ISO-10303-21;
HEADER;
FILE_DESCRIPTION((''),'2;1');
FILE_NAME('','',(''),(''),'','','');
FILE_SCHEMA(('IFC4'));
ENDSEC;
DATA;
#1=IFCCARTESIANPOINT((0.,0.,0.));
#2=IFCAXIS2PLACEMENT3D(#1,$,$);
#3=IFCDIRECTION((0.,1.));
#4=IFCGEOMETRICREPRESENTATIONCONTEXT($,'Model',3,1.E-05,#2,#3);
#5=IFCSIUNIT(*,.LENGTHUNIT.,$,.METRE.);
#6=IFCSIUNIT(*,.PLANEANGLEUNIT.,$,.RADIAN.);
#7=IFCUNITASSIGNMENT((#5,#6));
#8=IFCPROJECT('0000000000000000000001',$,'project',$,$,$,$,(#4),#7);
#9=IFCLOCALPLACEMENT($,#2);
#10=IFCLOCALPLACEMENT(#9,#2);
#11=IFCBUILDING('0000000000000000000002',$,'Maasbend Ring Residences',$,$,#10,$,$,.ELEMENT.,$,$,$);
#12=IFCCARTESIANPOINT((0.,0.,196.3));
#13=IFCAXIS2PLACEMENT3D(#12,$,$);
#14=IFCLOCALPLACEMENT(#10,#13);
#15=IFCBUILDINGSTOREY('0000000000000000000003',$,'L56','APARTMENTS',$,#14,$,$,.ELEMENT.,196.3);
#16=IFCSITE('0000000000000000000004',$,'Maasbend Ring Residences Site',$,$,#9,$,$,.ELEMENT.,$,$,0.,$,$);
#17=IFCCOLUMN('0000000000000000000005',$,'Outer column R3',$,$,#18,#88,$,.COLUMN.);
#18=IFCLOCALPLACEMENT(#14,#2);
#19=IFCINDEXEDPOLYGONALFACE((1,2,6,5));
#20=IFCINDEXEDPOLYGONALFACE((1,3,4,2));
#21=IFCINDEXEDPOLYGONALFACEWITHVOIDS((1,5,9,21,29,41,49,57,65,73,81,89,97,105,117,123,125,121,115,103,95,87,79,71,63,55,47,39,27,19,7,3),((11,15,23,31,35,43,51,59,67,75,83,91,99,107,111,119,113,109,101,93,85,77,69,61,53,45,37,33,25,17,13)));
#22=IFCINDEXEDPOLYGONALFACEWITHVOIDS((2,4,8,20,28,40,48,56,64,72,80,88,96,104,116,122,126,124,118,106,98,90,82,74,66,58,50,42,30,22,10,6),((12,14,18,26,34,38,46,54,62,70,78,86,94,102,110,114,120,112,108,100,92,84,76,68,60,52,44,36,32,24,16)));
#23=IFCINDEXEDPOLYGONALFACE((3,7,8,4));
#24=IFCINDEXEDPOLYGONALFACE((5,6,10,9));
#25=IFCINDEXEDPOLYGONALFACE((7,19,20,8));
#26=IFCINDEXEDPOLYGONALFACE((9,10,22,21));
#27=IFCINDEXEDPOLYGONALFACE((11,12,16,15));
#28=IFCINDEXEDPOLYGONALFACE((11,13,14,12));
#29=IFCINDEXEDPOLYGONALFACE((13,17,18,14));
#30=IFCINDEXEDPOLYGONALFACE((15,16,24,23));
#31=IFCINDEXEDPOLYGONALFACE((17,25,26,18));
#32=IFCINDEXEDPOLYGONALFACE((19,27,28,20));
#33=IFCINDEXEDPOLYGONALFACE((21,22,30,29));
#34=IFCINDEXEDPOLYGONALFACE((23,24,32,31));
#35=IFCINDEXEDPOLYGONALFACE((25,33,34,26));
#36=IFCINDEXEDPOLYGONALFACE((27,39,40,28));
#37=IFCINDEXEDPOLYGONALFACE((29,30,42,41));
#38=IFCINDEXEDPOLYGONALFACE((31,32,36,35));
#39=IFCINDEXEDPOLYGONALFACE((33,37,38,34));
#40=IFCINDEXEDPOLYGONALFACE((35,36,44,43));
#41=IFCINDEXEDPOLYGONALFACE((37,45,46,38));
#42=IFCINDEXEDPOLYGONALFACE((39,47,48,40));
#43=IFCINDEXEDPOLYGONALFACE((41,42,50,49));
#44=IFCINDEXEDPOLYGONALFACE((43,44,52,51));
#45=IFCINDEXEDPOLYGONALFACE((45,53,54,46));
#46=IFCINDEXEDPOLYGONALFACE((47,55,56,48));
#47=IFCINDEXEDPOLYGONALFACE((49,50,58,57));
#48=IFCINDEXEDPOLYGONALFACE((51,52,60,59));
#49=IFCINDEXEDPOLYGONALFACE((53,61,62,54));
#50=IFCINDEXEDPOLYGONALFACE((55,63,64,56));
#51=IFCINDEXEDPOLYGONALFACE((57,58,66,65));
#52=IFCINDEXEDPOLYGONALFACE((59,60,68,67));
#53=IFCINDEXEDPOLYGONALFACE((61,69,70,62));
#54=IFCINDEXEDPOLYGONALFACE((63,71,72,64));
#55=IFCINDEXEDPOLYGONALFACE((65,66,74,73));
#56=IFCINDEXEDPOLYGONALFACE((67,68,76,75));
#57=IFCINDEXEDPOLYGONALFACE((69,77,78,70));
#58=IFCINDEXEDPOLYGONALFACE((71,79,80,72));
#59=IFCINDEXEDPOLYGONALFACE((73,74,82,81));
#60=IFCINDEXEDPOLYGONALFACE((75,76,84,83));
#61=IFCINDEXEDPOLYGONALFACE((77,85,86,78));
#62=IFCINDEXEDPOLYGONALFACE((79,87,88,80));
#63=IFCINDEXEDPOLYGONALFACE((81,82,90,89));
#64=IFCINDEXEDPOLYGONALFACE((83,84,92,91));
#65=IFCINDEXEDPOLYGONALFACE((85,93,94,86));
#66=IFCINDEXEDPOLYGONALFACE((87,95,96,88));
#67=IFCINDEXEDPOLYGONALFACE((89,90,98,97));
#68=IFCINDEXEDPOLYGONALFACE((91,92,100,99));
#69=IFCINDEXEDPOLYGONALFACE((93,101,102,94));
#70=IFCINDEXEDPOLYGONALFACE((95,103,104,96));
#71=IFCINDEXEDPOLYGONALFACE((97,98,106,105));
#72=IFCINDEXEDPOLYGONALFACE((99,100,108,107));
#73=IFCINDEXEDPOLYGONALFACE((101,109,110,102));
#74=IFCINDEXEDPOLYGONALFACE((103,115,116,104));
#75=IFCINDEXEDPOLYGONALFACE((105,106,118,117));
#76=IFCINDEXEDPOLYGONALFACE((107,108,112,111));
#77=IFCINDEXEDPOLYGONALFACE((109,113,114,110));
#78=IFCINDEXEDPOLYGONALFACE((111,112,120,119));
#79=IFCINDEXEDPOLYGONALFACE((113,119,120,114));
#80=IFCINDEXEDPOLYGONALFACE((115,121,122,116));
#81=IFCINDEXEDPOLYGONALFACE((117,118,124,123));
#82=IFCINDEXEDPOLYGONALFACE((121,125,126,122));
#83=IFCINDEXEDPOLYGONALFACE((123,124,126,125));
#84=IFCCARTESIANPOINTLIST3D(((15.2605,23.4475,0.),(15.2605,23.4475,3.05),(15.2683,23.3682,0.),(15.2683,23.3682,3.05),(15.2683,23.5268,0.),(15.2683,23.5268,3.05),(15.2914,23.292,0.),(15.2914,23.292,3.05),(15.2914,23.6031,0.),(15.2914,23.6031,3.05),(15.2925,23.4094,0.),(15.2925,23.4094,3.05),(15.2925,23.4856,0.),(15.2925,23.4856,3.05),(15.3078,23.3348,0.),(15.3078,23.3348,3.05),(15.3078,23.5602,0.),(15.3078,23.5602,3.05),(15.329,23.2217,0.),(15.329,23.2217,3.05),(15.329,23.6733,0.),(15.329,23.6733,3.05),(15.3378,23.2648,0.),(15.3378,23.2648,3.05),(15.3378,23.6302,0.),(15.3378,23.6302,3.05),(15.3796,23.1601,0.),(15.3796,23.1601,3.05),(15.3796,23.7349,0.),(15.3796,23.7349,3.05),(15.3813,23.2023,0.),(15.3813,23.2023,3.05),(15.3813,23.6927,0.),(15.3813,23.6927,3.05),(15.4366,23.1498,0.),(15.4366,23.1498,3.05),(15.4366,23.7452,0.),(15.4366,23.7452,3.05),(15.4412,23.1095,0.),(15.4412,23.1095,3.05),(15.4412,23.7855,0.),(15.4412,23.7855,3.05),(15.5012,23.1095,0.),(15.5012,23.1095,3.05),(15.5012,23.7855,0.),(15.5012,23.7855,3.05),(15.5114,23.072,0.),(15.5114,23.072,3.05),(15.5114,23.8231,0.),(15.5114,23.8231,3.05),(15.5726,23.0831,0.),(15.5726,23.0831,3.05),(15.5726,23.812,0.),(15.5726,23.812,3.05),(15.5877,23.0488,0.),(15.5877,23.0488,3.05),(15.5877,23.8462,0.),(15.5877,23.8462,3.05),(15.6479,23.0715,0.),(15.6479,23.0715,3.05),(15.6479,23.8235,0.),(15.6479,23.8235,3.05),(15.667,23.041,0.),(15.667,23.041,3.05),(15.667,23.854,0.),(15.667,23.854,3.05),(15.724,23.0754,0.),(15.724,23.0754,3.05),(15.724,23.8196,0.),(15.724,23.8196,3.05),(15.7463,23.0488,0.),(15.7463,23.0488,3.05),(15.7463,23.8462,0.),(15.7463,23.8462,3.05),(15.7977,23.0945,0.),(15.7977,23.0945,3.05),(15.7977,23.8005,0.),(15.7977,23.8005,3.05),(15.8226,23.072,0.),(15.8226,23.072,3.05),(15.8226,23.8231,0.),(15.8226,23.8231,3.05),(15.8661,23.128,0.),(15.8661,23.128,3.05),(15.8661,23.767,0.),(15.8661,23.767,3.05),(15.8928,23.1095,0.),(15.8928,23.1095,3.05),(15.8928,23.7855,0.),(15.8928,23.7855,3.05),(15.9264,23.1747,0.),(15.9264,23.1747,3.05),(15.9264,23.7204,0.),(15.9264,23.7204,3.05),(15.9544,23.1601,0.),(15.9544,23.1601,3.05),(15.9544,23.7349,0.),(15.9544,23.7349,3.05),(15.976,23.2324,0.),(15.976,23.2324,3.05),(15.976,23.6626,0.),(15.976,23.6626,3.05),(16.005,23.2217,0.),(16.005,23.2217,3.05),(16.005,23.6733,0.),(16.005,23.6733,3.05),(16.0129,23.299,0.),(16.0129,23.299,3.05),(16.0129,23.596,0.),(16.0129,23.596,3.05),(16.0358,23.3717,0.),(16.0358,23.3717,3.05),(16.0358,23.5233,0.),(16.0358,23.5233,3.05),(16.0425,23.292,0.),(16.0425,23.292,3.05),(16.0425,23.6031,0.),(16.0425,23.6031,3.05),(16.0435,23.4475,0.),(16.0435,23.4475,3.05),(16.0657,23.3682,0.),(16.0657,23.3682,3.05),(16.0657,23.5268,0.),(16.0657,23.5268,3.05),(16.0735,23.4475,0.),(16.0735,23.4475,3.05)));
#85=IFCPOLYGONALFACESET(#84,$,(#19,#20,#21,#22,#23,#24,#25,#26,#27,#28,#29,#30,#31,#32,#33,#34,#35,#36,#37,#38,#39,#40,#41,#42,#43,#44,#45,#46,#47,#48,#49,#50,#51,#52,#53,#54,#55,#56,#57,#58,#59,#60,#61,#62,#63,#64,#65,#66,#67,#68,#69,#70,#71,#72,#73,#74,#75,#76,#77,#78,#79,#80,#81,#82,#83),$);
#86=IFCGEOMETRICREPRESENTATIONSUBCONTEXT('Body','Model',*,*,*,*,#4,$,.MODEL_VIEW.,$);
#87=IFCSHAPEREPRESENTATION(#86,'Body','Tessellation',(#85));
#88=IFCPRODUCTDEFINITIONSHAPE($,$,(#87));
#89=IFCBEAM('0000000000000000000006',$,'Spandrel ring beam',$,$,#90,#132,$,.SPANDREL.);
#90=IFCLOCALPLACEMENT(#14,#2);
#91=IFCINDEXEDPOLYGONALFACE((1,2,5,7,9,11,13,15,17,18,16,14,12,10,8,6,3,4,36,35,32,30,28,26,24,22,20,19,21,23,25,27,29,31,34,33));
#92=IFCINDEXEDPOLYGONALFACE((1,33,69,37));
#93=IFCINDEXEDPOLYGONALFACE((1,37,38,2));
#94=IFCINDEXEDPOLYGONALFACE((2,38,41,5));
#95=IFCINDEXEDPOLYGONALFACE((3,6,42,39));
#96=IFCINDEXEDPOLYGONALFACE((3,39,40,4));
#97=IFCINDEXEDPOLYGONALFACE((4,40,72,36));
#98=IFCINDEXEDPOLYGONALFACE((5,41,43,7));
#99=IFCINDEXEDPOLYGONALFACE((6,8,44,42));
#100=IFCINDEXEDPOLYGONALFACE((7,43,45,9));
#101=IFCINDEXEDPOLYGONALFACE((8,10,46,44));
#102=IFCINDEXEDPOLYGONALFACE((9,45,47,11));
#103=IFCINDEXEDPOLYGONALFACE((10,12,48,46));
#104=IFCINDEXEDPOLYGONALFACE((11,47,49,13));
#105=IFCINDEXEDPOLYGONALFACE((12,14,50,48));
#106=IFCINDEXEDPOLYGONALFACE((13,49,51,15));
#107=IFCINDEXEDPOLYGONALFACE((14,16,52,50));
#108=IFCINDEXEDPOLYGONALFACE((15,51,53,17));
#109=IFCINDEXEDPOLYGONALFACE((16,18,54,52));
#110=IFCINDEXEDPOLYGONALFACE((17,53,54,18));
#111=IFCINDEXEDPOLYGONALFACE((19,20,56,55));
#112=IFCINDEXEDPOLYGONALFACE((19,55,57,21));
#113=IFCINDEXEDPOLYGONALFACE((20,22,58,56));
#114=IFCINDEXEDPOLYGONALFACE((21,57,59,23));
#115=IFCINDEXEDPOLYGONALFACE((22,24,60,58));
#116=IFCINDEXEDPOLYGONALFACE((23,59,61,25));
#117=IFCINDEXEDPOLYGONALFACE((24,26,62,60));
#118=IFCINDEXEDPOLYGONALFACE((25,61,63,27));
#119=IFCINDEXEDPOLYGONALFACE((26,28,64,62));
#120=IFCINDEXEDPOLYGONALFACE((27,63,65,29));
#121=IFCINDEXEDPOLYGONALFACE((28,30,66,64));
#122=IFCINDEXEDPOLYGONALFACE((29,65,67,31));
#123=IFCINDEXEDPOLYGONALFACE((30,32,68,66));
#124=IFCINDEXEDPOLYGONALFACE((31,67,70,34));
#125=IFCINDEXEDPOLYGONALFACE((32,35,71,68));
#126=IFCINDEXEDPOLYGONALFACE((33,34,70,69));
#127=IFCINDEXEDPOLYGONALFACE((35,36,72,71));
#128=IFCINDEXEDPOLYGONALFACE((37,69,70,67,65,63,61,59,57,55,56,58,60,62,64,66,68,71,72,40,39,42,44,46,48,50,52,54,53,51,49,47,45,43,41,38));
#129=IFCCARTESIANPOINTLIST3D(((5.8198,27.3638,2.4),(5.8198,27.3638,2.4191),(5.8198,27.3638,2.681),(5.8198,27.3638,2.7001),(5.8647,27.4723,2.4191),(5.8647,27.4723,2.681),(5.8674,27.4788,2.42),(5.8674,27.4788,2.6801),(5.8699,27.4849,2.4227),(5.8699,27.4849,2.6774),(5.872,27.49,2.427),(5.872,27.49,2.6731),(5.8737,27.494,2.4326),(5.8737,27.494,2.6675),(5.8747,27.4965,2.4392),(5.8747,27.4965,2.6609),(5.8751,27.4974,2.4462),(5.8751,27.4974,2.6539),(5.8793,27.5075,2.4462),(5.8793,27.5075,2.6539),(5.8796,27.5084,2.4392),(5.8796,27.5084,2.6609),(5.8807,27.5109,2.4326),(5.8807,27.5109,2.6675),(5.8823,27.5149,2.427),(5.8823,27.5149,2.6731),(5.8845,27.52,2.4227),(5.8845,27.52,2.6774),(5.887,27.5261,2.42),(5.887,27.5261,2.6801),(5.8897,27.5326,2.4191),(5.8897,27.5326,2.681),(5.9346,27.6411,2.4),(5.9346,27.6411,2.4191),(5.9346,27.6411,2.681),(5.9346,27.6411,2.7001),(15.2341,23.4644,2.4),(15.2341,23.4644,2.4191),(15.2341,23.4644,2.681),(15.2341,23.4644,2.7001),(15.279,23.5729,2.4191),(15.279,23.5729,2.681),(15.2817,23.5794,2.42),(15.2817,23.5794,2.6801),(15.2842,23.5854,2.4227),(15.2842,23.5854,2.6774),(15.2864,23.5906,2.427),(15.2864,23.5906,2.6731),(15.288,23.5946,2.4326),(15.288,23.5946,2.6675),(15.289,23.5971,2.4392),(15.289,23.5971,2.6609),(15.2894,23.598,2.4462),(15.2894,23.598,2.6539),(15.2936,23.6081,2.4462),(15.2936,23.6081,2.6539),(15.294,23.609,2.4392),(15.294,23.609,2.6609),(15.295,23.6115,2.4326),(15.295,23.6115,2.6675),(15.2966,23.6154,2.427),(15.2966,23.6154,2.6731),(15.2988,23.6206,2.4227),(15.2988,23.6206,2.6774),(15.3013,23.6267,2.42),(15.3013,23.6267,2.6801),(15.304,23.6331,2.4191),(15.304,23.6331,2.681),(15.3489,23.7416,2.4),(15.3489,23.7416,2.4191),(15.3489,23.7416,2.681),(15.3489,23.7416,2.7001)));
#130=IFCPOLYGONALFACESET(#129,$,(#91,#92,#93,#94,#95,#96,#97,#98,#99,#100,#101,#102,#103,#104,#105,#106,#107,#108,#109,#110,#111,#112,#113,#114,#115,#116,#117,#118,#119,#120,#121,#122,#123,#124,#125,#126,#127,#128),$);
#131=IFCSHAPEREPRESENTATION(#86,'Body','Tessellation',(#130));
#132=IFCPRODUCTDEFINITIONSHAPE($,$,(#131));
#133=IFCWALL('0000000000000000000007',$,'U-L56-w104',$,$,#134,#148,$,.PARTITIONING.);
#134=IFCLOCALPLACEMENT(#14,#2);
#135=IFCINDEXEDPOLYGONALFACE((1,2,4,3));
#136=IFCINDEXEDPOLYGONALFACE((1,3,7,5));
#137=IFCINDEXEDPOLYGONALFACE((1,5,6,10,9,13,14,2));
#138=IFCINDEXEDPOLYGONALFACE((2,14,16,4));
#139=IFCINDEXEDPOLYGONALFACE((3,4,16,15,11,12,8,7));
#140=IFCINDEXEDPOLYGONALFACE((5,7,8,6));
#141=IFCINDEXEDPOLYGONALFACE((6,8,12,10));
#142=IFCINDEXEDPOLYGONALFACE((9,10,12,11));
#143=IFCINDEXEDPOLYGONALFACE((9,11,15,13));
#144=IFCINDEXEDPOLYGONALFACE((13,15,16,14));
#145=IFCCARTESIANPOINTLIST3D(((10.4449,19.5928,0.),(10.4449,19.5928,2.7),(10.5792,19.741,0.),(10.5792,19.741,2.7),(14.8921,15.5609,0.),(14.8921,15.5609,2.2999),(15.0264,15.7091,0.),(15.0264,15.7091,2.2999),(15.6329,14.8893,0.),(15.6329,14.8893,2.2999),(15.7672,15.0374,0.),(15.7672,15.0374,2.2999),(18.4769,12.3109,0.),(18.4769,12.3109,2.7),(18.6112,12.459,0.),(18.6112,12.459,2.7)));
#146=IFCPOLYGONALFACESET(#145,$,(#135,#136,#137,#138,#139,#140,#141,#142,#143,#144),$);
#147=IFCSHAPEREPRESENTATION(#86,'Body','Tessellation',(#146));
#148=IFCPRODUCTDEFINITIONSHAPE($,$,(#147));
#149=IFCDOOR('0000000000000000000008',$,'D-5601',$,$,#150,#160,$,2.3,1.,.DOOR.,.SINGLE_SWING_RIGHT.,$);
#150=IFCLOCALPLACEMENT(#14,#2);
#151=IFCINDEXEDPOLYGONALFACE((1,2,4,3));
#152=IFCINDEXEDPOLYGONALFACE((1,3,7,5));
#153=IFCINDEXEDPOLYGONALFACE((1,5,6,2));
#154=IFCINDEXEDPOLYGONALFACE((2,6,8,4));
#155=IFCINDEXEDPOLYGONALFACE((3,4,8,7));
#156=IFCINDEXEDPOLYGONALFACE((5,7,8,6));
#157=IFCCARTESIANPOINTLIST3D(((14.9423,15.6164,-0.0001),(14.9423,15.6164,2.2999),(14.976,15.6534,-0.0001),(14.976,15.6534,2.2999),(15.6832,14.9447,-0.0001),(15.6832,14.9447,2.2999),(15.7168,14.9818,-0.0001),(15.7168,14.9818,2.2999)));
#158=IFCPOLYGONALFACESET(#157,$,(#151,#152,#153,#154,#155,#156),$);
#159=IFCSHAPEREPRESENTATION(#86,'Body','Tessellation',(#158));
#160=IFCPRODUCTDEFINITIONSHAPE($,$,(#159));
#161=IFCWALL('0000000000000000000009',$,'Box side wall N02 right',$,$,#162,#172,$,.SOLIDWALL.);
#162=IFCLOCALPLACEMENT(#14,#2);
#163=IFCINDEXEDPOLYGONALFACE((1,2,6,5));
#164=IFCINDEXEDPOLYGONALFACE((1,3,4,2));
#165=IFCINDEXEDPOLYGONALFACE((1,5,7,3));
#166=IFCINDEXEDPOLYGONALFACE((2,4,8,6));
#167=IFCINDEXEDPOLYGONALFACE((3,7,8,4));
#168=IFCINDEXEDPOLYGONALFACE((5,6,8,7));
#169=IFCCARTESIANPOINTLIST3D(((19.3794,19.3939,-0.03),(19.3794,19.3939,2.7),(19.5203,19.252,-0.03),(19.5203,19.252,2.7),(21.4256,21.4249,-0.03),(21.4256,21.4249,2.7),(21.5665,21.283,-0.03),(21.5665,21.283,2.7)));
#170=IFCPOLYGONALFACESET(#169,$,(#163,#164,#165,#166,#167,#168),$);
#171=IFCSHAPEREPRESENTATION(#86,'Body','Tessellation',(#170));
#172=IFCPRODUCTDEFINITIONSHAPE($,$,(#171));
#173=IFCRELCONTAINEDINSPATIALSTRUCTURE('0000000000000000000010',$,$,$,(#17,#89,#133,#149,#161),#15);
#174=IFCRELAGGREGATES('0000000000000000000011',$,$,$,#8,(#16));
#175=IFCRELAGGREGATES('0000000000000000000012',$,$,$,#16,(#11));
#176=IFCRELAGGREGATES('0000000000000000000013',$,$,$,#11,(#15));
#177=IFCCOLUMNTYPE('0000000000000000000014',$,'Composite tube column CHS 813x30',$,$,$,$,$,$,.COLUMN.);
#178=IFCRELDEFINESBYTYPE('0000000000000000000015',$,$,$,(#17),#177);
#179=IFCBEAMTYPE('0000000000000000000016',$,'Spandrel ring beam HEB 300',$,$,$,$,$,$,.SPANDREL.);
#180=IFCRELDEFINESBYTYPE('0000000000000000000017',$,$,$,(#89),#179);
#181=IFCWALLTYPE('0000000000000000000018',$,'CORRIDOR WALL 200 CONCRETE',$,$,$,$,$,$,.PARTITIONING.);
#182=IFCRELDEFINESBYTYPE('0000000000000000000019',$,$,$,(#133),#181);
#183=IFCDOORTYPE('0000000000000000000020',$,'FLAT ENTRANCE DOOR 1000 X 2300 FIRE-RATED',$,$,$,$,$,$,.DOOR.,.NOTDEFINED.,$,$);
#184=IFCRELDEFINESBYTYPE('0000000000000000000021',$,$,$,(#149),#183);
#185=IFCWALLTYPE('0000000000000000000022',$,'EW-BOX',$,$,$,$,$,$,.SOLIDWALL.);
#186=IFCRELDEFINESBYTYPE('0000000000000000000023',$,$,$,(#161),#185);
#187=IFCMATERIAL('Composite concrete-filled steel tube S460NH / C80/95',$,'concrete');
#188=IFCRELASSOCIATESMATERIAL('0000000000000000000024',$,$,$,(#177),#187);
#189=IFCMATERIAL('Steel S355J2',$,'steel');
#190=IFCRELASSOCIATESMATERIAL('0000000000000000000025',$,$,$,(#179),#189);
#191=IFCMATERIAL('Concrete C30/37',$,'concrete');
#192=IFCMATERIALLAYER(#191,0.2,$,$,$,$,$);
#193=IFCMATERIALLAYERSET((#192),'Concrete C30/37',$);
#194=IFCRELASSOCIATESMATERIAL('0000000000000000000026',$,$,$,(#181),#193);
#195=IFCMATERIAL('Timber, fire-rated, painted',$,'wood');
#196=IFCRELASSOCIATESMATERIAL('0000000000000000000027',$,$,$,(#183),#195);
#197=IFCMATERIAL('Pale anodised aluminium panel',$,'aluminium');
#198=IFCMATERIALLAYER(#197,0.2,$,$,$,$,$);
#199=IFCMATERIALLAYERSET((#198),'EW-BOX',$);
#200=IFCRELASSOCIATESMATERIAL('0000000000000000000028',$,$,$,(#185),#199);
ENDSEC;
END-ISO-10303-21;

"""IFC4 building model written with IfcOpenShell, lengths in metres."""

from ifc_helpers import new_model, si_unit, direction, frame, frame_2d, origin, origin_2d, place, context, subcontext, project, spatial, rectangle, hollow_circle, i_section, extrude, material, layer, layer_set, material_profile, profile_set, type_object, element, fill, save


model = new_model("IFC4")

# Units and contexts
model_context = context("Model", 3, precision=1e-05, world=origin(), true_north=direction((0.0, 1.0)))
body_context = subcontext(model_context, "Body", "Model", "MODEL_VIEW")
ifc_project = project(units=[si_unit("LENGTHUNIT", "METRE"), si_unit("PLANEANGLEUNIT", "RADIAN")], contexts=[model_context])

# Site, building, storey
site_placement = place(None, origin())
site = spatial("IfcSite", under=ifc_project, at=site_placement, Name="Maasbend Ring Residences Site", CompositionType="ELEMENT", RefElevation=0.0)
building_placement = place(site_placement, origin())
building = spatial("IfcBuilding", under=site, at=building_placement, Name="Maasbend Ring Residences", CompositionType="ELEMENT")
storey_placement = place(building_placement, frame((0.0, 0.0, 196.3)))
storey = spatial("IfcBuildingStorey", under=building, at=storey_placement, Name="L56", Description="APARTMENTS", CompositionType="ELEMENT", Elevation=196.3)

# Column
ifc_material_1 = material(Name="Composite concrete-filled steel tube S460NH / C80/95", Category="concrete")
ifc_material_profile_1 = material_profile(ifc_material_1, hollow_circle(Radius=0.4065, WallThickness=0.03, at=origin_2d()), Name="Composite tube column CHS 813x30")
ifc_profile_set_1 = profile_set([ifc_material_profile_1], Name="Composite concrete-filled steel tube S460NH / C80/95")
column_type = type_object("IfcColumnType", Name="Composite tube column CHS 813x30", PredefinedType="COLUMN", material=ifc_profile_set_1)
column_placement = place(storey_placement, frame((15.667, 23.4475, 0.0), z_axis=(0.0, 0.0, 1.0), x_axis=(1.0, 0.0, 0.0)))
element("IfcColumn", 1, at=column_placement, inside=storey, type_object=column_type, Name="Outer column R3", PredefinedType="COLUMN", context=body_context, shape_type="SweptSolid", body=[
    extrude(hollow_circle(Radius=0.4065, WallThickness=0.03, at=origin_2d()), origin(), (0.0, 0.0, 1.0), 3.05),
])

# Beam
ifc_material_2 = material(Name="Steel S355J2", Category="steel")
ifc_material_profile_2 = material_profile(ifc_material_2, i_section(OverallWidth=0.3, OverallDepth=0.3, WebThickness=0.011, FlangeThickness=0.019, FilletRadius=0.0271, at=origin_2d()), Name="HEB 300")
ifc_profile_set_2 = profile_set([ifc_material_profile_2], Name="Steel S355J2")
beam_type = type_object("IfcBeamType", Name="Spandrel ring beam HEB 300", PredefinedType="SPANDREL", material=ifc_profile_set_2)
beam_placement = place(storey_placement, frame((15.2915, 23.603, 2.55), z_axis=(-0.923884, 0.382673, 0.0), x_axis=(-0.382673, -0.923884, 0.0)))
element("IfcBeam", 2, at=beam_placement, inside=storey, type_object=beam_type, Name="Spandrel ring beam", PredefinedType="SPANDREL", context=body_context, shape_type="SweptSolid", body=[
    extrude(i_section(OverallWidth=0.3, OverallDepth=0.3, WebThickness=0.011, FlangeThickness=0.019, FilletRadius=0.0271, at=origin_2d()), origin(), (0.0, 0.0, 1.0), 10.1899),
])

# Wall, opening, door
ifc_material_3 = material(Name="Concrete C30/37", Category="concrete")
ifc_layer_1 = layer(ifc_material_3, 0.2)
ifc_layer_set_1 = layer_set([ifc_layer_1], Name="Concrete C30/37")
wall_type_1 = type_object("IfcWallType", Name="CORRIDOR WALL 200 CONCRETE", PredefinedType="PARTITIONING", material=ifc_layer_set_1)
wall_1_placement = place(storey_placement, frame((10.512, 19.667, 0.0), z_axis=(0.0, 0.0, 1.0), x_axis=(0.740849, -0.671671, 0.0)))
wall_1 = element("IfcWall", 3, at=wall_1_placement, inside=storey, type_object=wall_type_1, Name="U-L56-w104", PredefinedType="PARTITIONING", context=body_context, shape_type="SweptSolid", body=[
    extrude(rectangle(XDim=10.8416, YDim=0.2, at=frame_2d((5.4209, 0.0))), origin(), (0.0, 0.0, 1.0), 2.7),
])
opening_1_placement = place(wall_1_placement, frame((6.0029, 0.0, 0.0)))
opening_1 = element("IfcOpeningElement", 4, at=opening_1_placement, cuts=wall_1, PredefinedType="OPENING", context=body_context, shape_type="SweptSolid", body=[
    extrude(rectangle(XDim=1.0, YDim=2.3, at=frame_2d((0.5, 1.1499))), frame((0.0, 0.1099, 0.0), z_axis=(0.0, -1.0, 0.0), x_axis=(1.0, 0.0, 0.0)), (0.0, 0.0, 1.0), 0.22),
])
ifc_material_4 = material(Name="Timber, fire-rated, painted", Category="wood")
door_type_1 = type_object("IfcDoorType", Name="FLAT ENTRANCE DOOR 1000 X 2300 FIRE-RATED", OperationType="NOTDEFINED", PredefinedType="DOOR", material=ifc_material_4)
door_1_placement = place(opening_1_placement, origin())
door_1 = element("IfcDoor", 5, at=door_1_placement, inside=storey, type_object=door_type_1, Name="D-5601", OperationType="SINGLE_SWING_RIGHT", OverallHeight=2.3, OverallWidth=1.0, PredefinedType="DOOR", context=body_context, shape_type="SweptSolid", body=[
    extrude(rectangle(XDim=1.0, YDim=2.3, at=frame_2d((0.5, 1.1499))), frame((0.0, 0.0249, 0.0), z_axis=(0.0, -1.0, 0.0), x_axis=(1.0, 0.0, 0.0)), (0.0, 0.0, 1.0), 0.05),
])
fill(opening_1, door_1)

# Wall
ifc_material_5 = material(Name="Pale anodised aluminium panel", Category="aluminium")
ifc_layer_2 = layer(ifc_material_5, 0.2)
ifc_layer_set_2 = layer_set([ifc_layer_2], Name="EW-BOX")
wall_type_2 = type_object("IfcWallType", Name="EW-BOX", PredefinedType="SOLIDWALL", material=ifc_layer_set_2)
wall_2_placement = place(storey_placement, frame((19.45, 19.323, -0.03), z_axis=(0.0, 0.0, 1.0), x_axis=(0.709727, 0.704477, 0.0)))
element("IfcWall", 6, at=wall_2_placement, inside=storey, type_object=wall_type_2, Name="Box side wall N02 right", PredefinedType="SOLIDWALL", context=body_context, shape_type="SweptSolid", body=[
    extrude(rectangle(XDim=2.8831, YDim=0.2, at=frame_2d((1.4414, 0.0))), origin(), (0.0, 0.0, 1.0), 2.73),
])

save(model, "model.ifc")
